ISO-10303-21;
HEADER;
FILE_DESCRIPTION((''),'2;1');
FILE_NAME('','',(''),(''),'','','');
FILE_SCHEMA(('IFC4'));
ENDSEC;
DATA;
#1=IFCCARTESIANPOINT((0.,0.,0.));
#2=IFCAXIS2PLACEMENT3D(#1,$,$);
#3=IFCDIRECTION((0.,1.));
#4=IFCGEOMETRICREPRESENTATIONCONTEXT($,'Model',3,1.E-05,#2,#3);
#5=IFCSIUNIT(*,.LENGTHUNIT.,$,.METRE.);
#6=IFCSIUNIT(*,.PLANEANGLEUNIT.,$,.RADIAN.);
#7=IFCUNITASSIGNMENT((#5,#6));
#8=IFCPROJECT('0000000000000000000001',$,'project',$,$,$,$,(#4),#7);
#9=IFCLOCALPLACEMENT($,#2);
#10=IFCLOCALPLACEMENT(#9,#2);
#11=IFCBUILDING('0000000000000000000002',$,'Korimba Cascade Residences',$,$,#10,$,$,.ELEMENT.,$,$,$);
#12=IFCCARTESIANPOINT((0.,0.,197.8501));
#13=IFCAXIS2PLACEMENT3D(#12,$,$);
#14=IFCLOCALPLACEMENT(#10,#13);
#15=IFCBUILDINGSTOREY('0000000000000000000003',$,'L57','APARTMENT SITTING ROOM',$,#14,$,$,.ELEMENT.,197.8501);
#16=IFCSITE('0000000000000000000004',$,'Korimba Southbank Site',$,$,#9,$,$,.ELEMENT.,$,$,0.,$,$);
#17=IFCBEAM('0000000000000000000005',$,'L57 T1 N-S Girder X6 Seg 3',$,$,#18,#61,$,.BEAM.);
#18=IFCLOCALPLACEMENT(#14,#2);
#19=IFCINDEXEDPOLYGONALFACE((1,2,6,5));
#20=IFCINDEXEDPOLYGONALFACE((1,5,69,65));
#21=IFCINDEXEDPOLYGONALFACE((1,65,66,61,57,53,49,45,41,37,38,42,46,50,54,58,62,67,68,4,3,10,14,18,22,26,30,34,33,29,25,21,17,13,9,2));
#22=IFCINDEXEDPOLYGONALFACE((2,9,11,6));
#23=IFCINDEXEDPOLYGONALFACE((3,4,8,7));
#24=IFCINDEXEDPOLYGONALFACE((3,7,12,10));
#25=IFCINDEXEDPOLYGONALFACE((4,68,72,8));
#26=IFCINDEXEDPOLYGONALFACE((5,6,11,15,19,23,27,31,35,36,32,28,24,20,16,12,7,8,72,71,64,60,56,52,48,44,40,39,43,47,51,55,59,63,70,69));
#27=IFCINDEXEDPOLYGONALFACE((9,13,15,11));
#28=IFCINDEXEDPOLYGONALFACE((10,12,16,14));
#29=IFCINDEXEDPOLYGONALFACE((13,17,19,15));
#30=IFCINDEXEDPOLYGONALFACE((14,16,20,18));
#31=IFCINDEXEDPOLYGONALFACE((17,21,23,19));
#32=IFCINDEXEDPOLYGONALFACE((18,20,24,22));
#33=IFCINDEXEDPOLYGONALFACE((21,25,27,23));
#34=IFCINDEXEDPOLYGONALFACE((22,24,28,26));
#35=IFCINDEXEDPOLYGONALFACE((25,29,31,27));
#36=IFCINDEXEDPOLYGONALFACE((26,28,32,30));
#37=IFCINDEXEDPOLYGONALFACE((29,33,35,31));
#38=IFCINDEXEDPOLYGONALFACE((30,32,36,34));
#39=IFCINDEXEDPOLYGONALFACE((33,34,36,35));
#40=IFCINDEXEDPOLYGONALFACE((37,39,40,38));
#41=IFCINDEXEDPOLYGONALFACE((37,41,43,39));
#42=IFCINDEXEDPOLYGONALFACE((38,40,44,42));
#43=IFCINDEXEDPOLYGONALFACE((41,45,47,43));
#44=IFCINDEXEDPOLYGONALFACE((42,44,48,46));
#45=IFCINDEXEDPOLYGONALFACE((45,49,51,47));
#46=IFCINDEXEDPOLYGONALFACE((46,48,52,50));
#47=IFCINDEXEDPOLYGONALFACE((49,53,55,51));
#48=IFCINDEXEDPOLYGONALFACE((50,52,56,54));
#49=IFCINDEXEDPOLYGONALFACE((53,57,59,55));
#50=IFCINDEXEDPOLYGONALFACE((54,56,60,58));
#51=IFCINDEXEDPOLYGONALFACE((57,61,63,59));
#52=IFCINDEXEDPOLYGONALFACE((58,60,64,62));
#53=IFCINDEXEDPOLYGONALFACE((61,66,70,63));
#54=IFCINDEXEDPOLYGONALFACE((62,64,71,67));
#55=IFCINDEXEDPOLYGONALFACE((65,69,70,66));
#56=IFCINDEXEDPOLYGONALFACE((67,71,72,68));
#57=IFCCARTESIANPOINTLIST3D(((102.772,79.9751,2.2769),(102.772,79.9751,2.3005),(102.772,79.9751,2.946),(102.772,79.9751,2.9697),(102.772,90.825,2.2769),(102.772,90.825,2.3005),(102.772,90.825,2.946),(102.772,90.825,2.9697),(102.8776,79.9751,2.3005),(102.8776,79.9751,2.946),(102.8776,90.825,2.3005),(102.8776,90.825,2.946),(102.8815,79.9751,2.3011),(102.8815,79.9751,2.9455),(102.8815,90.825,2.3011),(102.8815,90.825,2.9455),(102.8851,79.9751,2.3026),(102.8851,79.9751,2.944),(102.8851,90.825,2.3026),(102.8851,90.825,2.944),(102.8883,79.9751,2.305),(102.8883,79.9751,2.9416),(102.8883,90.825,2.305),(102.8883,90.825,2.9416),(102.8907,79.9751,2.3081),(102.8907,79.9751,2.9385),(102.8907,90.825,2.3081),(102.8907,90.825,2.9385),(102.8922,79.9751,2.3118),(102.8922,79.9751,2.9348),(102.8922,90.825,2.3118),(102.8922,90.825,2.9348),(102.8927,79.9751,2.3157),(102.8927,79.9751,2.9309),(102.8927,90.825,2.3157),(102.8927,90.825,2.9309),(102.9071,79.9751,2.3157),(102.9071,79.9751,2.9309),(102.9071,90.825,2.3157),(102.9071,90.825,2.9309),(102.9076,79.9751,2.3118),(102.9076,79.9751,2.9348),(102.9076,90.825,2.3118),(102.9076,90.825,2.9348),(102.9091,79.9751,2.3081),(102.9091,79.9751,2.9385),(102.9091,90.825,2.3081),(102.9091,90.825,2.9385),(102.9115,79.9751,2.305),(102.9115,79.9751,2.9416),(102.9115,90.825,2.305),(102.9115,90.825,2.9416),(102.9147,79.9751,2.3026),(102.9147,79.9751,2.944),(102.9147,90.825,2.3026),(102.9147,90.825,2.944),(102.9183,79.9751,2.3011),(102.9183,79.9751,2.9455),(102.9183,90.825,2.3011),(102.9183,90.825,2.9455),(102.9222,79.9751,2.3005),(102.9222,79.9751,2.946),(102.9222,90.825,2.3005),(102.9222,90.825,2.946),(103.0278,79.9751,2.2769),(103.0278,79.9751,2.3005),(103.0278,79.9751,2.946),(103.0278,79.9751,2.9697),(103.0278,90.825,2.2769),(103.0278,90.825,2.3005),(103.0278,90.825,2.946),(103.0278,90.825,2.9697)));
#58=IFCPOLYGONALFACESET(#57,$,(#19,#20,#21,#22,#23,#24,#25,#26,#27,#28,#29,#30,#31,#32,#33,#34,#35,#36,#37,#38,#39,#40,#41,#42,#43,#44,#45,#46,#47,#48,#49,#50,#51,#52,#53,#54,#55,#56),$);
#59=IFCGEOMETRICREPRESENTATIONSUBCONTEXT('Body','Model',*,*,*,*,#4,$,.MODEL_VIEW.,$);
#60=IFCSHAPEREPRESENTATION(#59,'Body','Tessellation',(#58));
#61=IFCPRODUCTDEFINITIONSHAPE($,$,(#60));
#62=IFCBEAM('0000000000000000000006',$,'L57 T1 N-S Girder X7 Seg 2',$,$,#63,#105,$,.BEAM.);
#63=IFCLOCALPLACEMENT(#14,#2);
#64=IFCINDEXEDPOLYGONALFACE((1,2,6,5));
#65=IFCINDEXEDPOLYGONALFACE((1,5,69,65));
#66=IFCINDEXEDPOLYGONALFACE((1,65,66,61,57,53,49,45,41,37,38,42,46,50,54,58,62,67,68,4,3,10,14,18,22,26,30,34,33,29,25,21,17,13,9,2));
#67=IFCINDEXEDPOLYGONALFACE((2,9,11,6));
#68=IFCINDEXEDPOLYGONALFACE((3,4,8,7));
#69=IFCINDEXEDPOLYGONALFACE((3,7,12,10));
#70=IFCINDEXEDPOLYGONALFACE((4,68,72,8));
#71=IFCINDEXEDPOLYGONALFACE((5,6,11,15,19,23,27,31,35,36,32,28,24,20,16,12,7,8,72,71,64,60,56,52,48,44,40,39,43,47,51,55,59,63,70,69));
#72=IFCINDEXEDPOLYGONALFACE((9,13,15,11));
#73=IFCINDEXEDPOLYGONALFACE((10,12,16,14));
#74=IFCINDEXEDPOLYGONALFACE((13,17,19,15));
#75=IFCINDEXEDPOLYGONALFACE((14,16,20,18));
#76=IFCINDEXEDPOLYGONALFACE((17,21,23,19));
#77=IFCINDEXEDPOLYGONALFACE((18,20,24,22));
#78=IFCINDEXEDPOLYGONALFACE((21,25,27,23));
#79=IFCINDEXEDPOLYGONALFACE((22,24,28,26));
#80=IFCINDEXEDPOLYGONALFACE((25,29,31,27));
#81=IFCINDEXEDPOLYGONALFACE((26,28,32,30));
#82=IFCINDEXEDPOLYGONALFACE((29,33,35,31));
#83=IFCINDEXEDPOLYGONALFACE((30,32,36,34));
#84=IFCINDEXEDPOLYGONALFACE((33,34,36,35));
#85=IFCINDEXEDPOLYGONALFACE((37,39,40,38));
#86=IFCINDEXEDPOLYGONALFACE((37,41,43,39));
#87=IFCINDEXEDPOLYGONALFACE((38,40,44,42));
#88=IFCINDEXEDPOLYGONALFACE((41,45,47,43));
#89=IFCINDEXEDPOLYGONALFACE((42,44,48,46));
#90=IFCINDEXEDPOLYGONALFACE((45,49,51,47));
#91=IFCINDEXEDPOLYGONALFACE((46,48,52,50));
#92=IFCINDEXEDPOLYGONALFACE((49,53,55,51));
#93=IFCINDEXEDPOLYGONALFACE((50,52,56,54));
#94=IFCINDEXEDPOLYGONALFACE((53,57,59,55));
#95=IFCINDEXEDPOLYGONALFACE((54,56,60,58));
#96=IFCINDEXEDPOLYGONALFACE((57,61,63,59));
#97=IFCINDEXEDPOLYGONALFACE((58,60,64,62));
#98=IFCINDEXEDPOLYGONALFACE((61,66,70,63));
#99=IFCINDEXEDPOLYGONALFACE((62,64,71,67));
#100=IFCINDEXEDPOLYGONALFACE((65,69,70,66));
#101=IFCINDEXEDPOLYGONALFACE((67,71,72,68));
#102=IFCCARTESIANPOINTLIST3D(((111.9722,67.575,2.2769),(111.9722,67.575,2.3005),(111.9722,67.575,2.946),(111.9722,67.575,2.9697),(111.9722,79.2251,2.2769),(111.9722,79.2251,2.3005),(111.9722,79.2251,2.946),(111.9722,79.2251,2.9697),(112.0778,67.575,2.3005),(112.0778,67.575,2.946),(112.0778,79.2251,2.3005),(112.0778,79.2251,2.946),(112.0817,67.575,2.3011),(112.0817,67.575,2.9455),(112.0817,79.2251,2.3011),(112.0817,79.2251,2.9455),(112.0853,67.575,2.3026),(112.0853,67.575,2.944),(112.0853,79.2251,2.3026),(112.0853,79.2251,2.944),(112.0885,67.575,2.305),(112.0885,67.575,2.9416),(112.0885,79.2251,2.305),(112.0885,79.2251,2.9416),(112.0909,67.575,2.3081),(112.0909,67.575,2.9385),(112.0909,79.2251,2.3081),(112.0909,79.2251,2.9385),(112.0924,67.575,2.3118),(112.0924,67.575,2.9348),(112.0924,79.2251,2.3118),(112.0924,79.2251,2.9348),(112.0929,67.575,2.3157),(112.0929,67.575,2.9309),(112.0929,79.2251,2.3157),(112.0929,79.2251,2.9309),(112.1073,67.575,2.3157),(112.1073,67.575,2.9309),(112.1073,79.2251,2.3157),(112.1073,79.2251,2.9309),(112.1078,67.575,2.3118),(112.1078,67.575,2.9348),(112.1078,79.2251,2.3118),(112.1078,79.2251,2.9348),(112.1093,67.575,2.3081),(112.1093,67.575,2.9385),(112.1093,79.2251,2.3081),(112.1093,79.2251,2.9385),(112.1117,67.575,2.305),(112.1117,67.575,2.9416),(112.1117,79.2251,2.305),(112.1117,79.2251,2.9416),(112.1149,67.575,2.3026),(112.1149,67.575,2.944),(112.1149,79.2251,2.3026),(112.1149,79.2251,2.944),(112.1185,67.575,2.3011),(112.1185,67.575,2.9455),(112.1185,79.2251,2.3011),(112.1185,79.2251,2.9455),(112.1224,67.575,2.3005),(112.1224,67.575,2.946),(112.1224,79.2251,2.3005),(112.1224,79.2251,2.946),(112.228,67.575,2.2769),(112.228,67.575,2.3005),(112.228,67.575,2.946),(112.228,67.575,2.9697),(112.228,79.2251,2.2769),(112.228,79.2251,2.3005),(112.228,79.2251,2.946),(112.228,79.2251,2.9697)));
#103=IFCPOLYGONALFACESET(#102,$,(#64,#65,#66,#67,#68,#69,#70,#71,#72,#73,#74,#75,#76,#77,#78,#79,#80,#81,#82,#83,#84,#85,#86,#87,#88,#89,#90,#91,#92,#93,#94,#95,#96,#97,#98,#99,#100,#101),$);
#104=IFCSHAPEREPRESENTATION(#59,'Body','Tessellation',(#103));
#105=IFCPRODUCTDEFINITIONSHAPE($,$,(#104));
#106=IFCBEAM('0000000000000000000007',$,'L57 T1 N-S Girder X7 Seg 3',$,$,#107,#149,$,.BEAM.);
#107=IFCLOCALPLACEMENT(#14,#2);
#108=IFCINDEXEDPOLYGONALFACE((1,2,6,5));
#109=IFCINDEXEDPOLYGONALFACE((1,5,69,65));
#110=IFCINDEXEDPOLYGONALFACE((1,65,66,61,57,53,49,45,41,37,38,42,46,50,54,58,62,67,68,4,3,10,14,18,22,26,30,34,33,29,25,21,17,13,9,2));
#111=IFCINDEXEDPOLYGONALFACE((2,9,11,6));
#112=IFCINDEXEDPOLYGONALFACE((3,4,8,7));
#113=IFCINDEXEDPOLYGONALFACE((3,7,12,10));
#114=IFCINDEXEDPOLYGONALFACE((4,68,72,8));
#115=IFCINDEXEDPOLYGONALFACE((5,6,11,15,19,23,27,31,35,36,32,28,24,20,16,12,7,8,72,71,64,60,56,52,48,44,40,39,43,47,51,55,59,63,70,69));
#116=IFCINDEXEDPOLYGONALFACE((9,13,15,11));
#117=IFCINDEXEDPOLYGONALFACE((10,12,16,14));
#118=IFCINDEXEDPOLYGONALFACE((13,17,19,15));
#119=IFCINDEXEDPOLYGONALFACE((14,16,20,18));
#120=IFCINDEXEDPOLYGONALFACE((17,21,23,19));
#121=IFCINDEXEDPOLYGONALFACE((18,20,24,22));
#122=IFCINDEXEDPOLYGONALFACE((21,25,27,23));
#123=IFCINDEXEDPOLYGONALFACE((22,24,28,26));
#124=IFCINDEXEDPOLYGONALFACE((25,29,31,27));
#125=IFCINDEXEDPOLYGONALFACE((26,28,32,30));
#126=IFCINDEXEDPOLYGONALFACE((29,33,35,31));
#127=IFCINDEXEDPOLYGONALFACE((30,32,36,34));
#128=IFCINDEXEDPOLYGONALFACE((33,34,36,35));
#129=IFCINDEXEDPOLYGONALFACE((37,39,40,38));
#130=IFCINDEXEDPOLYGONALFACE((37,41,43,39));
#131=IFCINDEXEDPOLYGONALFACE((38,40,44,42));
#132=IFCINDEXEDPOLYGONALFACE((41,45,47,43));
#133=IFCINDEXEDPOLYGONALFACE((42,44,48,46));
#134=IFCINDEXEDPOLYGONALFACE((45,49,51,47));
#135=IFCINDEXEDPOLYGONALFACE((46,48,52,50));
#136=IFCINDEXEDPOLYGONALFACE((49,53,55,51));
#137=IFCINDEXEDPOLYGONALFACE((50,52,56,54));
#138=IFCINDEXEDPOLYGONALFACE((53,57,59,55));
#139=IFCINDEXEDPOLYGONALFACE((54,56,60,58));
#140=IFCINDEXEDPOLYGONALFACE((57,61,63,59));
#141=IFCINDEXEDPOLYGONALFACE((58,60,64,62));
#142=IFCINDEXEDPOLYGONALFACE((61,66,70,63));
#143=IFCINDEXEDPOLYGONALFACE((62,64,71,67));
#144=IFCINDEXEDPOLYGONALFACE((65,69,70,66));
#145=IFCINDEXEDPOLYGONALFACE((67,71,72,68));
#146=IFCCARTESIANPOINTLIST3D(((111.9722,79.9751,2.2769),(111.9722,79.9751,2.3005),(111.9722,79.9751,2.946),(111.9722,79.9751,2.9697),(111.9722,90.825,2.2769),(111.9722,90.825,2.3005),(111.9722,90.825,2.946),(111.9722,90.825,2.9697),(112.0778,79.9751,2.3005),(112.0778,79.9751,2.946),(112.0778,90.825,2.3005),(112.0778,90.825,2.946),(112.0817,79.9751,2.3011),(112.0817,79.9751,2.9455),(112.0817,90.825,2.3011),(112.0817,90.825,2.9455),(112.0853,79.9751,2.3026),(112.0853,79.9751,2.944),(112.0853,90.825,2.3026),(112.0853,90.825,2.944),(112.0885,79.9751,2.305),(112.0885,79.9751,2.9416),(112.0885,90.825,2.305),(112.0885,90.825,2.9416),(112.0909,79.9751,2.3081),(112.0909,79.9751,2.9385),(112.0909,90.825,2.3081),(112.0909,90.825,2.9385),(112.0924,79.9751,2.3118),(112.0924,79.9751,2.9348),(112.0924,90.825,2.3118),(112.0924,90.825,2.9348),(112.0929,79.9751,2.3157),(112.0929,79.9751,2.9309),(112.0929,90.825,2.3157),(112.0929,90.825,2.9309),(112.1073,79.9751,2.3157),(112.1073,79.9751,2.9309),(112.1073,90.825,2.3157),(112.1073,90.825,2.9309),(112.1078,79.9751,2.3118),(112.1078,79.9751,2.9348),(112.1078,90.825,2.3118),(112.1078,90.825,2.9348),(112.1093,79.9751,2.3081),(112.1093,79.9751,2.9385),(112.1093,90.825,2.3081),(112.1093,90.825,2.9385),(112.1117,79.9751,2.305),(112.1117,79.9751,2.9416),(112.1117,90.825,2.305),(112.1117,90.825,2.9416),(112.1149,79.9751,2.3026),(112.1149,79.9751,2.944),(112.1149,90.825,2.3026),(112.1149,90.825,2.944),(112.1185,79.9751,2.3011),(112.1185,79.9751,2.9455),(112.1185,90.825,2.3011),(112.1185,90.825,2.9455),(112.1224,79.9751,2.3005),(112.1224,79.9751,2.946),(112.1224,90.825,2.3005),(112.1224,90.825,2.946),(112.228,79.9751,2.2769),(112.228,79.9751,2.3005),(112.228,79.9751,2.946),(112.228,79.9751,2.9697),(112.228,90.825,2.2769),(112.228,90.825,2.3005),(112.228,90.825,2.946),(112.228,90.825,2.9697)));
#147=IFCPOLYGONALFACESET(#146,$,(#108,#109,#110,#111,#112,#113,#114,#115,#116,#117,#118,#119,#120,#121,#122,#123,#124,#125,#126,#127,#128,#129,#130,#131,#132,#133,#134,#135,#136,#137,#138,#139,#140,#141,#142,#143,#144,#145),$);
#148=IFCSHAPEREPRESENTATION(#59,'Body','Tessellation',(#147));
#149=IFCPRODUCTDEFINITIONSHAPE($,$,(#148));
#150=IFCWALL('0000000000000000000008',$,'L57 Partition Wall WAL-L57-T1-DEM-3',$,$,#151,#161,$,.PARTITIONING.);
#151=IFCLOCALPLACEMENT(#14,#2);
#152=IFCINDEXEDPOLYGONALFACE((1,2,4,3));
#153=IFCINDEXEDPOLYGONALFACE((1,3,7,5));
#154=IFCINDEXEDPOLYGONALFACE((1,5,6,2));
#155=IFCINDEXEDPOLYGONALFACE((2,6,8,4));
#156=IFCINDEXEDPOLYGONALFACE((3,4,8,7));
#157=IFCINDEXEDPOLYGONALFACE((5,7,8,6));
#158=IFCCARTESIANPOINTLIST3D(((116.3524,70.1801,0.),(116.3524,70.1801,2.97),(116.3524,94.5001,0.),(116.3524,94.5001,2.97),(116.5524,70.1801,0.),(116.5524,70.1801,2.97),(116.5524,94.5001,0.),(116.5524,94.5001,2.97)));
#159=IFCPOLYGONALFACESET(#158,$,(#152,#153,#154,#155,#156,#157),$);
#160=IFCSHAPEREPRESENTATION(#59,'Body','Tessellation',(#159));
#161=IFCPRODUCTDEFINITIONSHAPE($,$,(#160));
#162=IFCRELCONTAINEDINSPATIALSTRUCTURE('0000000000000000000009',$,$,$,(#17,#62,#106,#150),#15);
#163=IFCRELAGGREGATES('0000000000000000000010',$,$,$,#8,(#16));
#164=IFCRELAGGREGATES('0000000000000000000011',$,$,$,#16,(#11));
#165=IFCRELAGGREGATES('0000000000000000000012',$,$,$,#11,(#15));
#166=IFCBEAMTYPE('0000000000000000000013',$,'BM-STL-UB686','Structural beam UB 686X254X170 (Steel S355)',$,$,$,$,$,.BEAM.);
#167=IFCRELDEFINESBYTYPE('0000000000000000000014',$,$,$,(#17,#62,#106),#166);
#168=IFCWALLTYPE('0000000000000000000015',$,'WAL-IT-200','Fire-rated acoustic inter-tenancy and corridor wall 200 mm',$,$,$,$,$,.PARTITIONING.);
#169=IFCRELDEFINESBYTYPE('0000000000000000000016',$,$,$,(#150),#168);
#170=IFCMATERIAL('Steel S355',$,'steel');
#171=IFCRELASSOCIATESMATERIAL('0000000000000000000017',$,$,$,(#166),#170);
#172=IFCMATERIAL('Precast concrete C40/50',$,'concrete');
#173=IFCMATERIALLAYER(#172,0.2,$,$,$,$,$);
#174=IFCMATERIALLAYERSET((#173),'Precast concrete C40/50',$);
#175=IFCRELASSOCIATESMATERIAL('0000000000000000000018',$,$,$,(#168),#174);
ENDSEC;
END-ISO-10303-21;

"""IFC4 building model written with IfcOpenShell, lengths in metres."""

from ifc_helpers import new_model, si_unit, direction, frame, frame_2d, origin, origin_2d, place, context, subcontext, project, spatial, rectangle, i_section, extrude, material, layer, layer_set, material_profile, profile_set, type_object, element, save


model = new_model("IFC4")

# Units and contexts
model_context = context("Model", 3, precision=1e-05, world=origin(), true_north=direction((0.0, 1.0)))
body_context = subcontext(model_context, "Body", "Model", "MODEL_VIEW")
ifc_project = project(units=[si_unit("LENGTHUNIT", "METRE"), si_unit("PLANEANGLEUNIT", "RADIAN")], contexts=[model_context])

# Site, building, storey
site_placement = place(None, origin())
site = spatial("IfcSite", under=ifc_project, at=site_placement, Name="Korimba Southbank Site", CompositionType="ELEMENT", RefElevation=0.0)
building_placement = place(site_placement, origin())
building = spatial("IfcBuilding", under=site, at=building_placement, Name="Korimba Cascade Residences", CompositionType="ELEMENT")
storey_placement = place(building_placement, frame((0.0, 0.0, 197.8501)))
storey = spatial("IfcBuildingStorey", under=building, at=storey_placement, Name="L57", Description="APARTMENT SITTING ROOM", CompositionType="ELEMENT", Elevation=197.8501)

# Beams
ifc_material_1 = material(Name="Steel S355", Category="steel")
ifc_material_profile_1 = material_profile(ifc_material_1, i_section(OverallWidth=0.2559, OverallDepth=0.6929, WebThickness=0.0144, FlangeThickness=0.0237, FilletRadius=0.0151, at=origin_2d()), Name="Steel S355")
ifc_profile_set_1 = profile_set([ifc_material_profile_1], Name="Steel S355")
beam_type_1 = type_object("IfcBeamType", Name="BM-STL-UB686", Description="Structural beam UB 686X254X170 (Steel S355)", PredefinedType="BEAM", material=ifc_profile_set_1)
beam_1_placement = place(storey_placement, frame((102.8999, 79.9751, 2.6233), z_axis=(0.0, 1.0, 0.0), x_axis=(-1.0, 0.0, 0.0)))
element("IfcBeam", 1, at=beam_1_placement, inside=storey, type_object=beam_type_1, Name="L57 T1 N-S Girder X6 Seg 3", PredefinedType="BEAM", context=body_context, shape_type="SweptSolid", body=[
    extrude(i_section(OverallWidth=0.2559, OverallDepth=0.6929, WebThickness=0.0144, FlangeThickness=0.0237, FilletRadius=0.0151, at=origin_2d()), origin(), (0.0, 0.0, 1.0), 10.8499),
])
beam_2_placement = place(storey_placement, frame((112.1001, 67.575, 2.6233), z_axis=(0.0, 1.0, 0.0), x_axis=(-1.0, 0.0, 0.0)))
element("IfcBeam", 2, at=beam_2_placement, inside=storey, type_object=beam_type_1, Name="L57 T1 N-S Girder X7 Seg 2", PredefinedType="BEAM", context=body_context, shape_type="SweptSolid", body=[
    extrude(i_section(OverallWidth=0.2559, OverallDepth=0.6929, WebThickness=0.0144, FlangeThickness=0.0237, FilletRadius=0.0151, at=origin_2d()), origin(), (0.0, 0.0, 1.0), 11.6501),
])
beam_3_placement = place(storey_placement, frame((112.1001, 79.9751, 2.6233), z_axis=(0.0, 1.0, 0.0), x_axis=(-1.0, 0.0, 0.0)))
element("IfcBeam", 3, at=beam_3_placement, inside=storey, type_object=beam_type_1, Name="L57 T1 N-S Girder X7 Seg 3", PredefinedType="BEAM", context=body_context, shape_type="SweptSolid", body=[
    extrude(i_section(OverallWidth=0.2559, OverallDepth=0.6929, WebThickness=0.0144, FlangeThickness=0.0237, FilletRadius=0.0151, at=origin_2d()), origin(), (0.0, 0.0, 1.0), 10.8499),
])

# Wall
ifc_material_2 = material(Name="Precast concrete C40/50", Category="concrete")
ifc_layer_1 = layer(ifc_material_2, 0.2)
ifc_layer_set_1 = layer_set([ifc_layer_1], Name="Precast concrete C40/50")
wall_type_1 = type_object("IfcWallType", Name="WAL-IT-200", Description="Fire-rated acoustic inter-tenancy and corridor wall 200 mm", PredefinedType="PARTITIONING", material=ifc_layer_set_1)
wall_1_placement = place(storey_placement, frame((116.4524, 70.1799, 0.0), z_axis=(0.0, 0.0, 1.0), x_axis=(0.0, 1.0, 0.0)))
element("IfcWall", 4, at=wall_1_placement, inside=storey, type_object=wall_type_1, Name="L57 Partition Wall WAL-L57-T1-DEM-3", PredefinedType="PARTITIONING", context=body_context, shape_type="SweptSolid", body=[
    extrude(rectangle(XDim=24.3201, YDim=0.2, at=frame_2d((12.1602, 0.0))), origin(), (0.0, 0.0, 1.0), 2.97),
])

save(model, "model.ifc")
